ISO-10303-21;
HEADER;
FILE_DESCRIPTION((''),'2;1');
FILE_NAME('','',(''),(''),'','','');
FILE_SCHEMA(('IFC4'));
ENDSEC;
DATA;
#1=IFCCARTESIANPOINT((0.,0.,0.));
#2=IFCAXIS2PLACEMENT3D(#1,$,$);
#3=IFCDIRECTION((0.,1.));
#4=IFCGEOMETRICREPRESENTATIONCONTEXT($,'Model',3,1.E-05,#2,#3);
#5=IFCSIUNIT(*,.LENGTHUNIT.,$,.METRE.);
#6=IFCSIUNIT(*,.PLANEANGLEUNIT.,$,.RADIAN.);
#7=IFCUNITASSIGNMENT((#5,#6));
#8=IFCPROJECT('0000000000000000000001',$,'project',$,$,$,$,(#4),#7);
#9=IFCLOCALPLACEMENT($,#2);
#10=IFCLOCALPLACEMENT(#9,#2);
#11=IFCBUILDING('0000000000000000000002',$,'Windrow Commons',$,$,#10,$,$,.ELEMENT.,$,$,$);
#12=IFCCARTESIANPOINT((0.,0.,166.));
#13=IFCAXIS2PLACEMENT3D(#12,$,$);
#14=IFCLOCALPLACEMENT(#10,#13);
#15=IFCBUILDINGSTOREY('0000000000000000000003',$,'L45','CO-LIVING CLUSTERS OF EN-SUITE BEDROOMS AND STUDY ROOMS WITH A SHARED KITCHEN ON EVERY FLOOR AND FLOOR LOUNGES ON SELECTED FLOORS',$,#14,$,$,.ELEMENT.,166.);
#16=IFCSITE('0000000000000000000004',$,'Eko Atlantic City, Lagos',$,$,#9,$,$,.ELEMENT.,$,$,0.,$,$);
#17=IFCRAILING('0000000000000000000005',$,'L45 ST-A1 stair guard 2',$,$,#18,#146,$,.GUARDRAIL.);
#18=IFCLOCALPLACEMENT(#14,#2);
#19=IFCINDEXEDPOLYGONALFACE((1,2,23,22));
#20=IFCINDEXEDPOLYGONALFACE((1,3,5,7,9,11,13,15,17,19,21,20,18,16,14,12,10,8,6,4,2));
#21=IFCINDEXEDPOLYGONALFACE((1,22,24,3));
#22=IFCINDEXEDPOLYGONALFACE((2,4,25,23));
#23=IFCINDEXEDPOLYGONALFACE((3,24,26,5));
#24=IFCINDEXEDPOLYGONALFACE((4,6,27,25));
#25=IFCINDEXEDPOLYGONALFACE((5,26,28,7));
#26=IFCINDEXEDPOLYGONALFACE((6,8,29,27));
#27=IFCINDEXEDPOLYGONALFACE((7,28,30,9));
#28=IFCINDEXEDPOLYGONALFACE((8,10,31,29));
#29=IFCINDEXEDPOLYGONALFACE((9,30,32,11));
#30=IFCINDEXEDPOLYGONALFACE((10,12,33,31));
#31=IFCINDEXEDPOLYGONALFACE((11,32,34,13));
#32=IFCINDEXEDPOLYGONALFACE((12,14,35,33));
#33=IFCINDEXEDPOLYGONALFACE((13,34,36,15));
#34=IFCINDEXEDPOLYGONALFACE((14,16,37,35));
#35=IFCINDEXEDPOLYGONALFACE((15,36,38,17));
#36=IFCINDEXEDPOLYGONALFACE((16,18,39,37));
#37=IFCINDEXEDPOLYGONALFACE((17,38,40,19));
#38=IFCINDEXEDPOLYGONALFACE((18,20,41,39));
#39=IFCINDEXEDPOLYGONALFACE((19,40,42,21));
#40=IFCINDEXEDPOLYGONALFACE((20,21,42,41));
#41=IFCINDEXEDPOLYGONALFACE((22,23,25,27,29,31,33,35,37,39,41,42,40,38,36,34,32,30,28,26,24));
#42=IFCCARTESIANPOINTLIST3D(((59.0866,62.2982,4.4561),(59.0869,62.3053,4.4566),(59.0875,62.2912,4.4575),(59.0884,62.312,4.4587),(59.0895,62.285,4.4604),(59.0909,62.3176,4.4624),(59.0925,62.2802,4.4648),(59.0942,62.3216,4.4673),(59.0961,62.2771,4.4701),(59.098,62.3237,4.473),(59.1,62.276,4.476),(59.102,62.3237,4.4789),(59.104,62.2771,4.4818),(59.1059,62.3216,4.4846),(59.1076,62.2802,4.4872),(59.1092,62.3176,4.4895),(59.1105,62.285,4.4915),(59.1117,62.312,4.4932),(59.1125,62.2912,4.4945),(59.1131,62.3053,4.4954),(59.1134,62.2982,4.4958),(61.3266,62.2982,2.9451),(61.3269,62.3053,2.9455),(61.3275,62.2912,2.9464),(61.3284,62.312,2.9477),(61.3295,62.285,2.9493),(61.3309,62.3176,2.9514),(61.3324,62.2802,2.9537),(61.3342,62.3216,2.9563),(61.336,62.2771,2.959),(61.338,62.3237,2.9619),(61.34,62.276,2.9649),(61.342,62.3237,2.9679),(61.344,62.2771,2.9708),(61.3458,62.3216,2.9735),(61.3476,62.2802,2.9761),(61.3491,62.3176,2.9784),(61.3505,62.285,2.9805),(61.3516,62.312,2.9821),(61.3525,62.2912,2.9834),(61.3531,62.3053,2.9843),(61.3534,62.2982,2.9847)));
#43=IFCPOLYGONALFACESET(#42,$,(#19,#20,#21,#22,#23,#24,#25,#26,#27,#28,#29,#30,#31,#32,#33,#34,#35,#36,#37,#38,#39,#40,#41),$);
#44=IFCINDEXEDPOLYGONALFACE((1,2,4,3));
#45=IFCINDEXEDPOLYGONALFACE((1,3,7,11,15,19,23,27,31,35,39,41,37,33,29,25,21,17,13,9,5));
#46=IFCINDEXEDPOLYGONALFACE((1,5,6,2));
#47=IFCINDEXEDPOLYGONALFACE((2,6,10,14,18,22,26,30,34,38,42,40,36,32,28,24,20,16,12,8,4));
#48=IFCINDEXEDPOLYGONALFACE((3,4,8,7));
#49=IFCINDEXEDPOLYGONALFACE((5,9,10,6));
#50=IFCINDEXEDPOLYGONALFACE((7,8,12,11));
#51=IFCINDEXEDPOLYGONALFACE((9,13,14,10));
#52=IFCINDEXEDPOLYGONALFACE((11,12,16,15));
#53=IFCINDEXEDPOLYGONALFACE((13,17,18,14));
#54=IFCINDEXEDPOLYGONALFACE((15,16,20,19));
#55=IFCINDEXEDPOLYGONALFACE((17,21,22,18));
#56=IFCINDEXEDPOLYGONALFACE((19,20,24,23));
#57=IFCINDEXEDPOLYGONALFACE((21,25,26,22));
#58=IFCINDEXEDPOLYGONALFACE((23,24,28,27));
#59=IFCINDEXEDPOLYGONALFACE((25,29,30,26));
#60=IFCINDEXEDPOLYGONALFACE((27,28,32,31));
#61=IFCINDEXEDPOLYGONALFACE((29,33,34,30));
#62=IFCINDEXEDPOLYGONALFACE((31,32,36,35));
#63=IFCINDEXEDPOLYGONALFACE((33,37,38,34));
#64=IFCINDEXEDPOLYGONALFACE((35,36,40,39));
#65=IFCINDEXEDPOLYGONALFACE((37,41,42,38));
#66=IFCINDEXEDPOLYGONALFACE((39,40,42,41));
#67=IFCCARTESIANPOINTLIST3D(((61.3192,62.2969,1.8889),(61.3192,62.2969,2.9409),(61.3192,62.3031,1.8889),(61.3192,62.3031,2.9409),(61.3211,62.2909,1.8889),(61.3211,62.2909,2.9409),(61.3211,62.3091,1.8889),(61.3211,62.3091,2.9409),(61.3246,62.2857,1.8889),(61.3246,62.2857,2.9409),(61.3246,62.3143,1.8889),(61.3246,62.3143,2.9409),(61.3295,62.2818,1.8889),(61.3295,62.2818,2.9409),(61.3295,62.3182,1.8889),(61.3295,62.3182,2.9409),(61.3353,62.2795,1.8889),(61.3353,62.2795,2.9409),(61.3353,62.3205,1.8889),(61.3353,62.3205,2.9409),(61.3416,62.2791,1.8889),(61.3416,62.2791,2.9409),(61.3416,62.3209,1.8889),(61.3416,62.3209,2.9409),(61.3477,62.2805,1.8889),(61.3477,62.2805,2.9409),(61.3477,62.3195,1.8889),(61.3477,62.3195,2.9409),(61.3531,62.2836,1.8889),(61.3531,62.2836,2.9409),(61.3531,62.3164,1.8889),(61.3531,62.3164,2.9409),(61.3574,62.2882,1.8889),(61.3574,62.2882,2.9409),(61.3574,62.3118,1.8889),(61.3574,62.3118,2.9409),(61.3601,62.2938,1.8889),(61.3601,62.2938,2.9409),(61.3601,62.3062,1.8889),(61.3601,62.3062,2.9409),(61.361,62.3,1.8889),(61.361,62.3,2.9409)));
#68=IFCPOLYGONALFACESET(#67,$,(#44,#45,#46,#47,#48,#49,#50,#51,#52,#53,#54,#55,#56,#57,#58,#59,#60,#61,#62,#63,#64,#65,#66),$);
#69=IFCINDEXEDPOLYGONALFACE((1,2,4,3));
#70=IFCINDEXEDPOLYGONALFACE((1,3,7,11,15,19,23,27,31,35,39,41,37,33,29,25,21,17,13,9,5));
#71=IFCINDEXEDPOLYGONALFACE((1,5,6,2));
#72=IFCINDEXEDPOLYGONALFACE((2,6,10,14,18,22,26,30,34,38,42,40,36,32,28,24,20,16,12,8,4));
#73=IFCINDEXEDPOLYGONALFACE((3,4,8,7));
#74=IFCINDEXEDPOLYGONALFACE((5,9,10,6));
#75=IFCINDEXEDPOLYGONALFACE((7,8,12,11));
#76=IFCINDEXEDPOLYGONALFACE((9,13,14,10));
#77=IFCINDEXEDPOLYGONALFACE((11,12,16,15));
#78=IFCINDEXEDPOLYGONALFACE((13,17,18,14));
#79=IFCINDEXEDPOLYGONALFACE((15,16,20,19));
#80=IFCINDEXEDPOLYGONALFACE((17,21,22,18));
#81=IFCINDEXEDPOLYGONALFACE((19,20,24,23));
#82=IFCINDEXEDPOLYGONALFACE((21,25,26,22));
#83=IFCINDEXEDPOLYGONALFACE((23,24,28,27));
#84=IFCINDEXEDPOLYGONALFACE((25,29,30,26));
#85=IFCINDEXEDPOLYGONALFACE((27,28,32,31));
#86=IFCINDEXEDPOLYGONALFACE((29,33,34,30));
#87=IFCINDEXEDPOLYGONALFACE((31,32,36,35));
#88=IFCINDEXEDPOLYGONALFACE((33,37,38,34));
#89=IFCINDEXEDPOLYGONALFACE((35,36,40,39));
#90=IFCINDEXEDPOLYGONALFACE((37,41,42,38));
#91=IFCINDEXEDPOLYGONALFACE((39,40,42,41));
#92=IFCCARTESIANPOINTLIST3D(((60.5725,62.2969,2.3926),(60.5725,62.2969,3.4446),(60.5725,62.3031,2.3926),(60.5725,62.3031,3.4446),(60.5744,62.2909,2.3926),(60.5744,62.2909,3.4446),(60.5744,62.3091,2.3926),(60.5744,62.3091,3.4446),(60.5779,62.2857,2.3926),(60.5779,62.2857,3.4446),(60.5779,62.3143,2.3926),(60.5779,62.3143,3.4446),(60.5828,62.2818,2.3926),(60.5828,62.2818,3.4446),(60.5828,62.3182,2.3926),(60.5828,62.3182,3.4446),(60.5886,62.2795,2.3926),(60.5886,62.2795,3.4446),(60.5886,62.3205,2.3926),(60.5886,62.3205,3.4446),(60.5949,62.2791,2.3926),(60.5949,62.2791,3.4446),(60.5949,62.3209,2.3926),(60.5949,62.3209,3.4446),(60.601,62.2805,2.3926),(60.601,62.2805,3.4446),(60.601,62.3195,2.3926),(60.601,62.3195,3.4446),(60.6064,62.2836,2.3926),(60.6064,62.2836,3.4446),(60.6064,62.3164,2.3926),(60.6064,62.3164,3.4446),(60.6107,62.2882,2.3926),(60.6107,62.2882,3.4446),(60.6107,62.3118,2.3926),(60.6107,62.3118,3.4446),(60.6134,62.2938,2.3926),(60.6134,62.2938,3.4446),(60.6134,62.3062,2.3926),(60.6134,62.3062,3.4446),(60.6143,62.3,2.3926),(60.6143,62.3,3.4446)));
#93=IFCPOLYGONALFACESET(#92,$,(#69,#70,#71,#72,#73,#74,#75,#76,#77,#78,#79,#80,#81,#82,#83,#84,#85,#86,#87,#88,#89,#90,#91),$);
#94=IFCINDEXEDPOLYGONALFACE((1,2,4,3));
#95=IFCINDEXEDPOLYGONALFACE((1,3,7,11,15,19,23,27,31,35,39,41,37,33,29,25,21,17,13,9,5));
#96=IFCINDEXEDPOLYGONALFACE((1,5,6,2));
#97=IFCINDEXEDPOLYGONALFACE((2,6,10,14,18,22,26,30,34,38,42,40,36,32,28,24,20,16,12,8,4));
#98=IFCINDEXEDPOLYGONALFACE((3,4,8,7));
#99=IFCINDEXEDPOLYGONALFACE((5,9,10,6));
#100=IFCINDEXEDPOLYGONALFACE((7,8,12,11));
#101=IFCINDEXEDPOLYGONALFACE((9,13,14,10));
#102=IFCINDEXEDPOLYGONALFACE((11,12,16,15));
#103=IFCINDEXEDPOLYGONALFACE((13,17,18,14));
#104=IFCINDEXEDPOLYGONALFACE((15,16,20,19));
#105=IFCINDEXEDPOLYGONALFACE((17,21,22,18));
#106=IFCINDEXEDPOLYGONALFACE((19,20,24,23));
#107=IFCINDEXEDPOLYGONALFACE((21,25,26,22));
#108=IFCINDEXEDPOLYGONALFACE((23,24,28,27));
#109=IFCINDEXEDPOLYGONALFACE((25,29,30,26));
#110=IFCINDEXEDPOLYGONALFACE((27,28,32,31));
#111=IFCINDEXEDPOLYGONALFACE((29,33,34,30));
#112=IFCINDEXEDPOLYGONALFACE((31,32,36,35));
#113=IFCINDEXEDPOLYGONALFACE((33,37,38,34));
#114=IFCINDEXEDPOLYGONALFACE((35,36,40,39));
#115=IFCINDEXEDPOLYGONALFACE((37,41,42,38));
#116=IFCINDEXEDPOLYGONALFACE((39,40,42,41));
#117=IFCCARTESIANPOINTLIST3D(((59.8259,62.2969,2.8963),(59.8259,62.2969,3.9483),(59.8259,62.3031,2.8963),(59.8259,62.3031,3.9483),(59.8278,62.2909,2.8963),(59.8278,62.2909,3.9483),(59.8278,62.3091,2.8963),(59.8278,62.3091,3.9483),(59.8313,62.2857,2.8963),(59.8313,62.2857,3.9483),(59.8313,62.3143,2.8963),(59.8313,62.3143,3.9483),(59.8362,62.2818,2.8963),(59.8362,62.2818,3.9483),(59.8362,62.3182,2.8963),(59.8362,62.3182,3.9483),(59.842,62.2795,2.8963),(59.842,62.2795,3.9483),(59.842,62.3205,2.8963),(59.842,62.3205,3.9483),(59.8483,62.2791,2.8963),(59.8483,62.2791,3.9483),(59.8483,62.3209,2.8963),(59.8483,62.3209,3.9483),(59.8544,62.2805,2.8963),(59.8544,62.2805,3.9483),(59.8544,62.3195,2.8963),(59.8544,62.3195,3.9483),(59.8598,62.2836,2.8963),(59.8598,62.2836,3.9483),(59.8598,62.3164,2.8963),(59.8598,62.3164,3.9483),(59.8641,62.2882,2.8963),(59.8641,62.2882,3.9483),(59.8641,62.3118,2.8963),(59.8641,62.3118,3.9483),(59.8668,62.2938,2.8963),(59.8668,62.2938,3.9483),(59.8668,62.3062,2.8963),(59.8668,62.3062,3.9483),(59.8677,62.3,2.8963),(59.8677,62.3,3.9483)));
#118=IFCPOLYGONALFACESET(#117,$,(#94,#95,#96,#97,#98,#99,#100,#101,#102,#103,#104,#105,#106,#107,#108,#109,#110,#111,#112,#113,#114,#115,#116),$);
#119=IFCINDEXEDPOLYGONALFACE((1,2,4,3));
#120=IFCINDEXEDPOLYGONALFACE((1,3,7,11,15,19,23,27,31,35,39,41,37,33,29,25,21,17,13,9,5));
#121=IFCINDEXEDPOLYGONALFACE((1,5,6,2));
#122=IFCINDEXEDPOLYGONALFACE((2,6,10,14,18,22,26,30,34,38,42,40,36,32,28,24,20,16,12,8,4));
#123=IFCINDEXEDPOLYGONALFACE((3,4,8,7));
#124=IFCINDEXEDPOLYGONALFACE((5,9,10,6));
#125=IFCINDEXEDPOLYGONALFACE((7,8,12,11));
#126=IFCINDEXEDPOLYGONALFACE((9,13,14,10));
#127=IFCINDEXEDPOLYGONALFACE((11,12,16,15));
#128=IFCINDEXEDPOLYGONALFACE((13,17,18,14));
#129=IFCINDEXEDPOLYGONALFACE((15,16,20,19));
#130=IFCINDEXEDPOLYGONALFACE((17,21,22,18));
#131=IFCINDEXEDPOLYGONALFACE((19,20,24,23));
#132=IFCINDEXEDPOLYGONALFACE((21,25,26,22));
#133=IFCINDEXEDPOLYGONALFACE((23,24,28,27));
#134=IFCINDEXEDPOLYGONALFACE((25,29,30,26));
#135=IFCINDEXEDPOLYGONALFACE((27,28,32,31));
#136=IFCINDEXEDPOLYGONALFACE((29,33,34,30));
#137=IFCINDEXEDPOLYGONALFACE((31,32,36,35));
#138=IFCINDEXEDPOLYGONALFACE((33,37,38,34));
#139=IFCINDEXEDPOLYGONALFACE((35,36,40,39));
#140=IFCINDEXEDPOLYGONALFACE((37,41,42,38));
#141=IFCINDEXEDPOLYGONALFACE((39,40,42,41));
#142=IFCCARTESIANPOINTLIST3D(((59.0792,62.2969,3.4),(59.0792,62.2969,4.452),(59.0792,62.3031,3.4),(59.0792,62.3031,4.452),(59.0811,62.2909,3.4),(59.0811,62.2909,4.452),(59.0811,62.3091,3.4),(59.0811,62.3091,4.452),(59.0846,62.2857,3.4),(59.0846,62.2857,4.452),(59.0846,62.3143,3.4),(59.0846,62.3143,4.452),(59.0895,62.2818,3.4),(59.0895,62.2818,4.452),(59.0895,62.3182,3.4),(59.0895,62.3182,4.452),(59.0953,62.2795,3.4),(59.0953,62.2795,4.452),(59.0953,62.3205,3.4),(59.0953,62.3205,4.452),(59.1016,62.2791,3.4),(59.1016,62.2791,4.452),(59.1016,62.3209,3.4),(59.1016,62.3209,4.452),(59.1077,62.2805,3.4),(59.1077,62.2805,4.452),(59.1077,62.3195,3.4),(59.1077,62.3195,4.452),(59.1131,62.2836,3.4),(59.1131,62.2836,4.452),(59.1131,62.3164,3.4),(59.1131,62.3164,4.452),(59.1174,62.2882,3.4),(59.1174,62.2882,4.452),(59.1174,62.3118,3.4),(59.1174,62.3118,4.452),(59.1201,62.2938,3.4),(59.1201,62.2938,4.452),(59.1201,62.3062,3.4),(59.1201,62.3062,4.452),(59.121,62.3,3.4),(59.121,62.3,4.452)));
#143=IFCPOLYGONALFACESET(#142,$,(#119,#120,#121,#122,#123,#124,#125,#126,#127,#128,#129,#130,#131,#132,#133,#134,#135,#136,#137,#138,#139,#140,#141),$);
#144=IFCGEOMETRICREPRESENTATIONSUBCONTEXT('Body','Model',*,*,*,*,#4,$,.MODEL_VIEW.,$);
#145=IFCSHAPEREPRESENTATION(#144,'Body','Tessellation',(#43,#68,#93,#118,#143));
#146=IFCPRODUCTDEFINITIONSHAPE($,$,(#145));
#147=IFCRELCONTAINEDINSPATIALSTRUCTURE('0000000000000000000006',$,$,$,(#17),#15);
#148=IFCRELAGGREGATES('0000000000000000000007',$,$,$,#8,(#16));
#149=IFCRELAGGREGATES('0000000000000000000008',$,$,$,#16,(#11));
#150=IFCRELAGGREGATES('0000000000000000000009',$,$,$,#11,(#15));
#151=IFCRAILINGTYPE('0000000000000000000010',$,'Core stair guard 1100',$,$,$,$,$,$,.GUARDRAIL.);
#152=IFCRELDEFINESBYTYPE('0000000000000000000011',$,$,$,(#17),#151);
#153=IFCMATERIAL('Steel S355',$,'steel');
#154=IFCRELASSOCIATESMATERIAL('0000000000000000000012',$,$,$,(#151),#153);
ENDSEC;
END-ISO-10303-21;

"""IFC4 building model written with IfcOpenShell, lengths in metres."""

from ifc_helpers import new_model, si_unit, direction, frame, origin, origin_2d, place, context, subcontext, project, spatial, circle, extrude, material, type_object, element, save


model = new_model("IFC4")

# Units and contexts
model_context = context("Model", 3, precision=1e-05, world=origin(), true_north=direction((0.0, 1.0)))
body_context = subcontext(model_context, "Body", "Model", "MODEL_VIEW")
ifc_project = project(units=[si_unit("LENGTHUNIT", "METRE"), si_unit("PLANEANGLEUNIT", "RADIAN")], contexts=[model_context])

# Site, building, storey
site_placement = place(None, origin())
site = spatial("IfcSite", under=ifc_project, at=site_placement, Name="Eko Atlantic City, Lagos", CompositionType="ELEMENT", RefElevation=0.0)
building_placement = place(site_placement, origin())
building = spatial("IfcBuilding", under=site, at=building_placement, Name="Windrow Commons", CompositionType="ELEMENT")
storey_placement = place(building_placement, frame((0.0, 0.0, 166.0)))
storey = spatial("IfcBuildingStorey", under=building, at=storey_placement, Name="L45", Description="CO-LIVING CLUSTERS OF EN-SUITE BEDROOMS AND STUDY ROOMS WITH A SHARED KITCHEN ON EVERY FLOOR AND FLOOR LOUNGES ON SELECTED FLOORS", CompositionType="ELEMENT", Elevation=166.0)

# Railing
ifc_material_1 = material(Name="Steel S355", Category="steel")
railing_type_1 = type_object("IfcRailingType", Name="Core stair guard 1100", PredefinedType="GUARDRAIL", material=ifc_material_1)
railing_1_placement = place(storey_placement, frame((61.34, 62.3, 1.8889)))
element("IfcRailing", 1, at=railing_1_placement, inside=storey, type_object=railing_type_1, Name="L45 ST-A1 stair guard 2", PredefinedType="GUARDRAIL", context=body_context, shape_type="SweptSolid", body=[
    extrude(circle(Radius=0.024, at=origin_2d()), frame((0.0, 0.0, 1.076), z_axis=(-0.829003, 0.0, 0.559244), x_axis=(0.0, -1.0, 0.0)), (0.0, 0.0, 1.0), 2.702),
    extrude(circle(Radius=0.021, at=origin_2d()), origin(), (0.0, 0.0, 1.0), 1.052),
    extrude(circle(Radius=0.021, at=origin_2d()), frame((-0.7467, 0.0, 0.5037)), (0.0, 0.0, 1.0), 1.052),
    extrude(circle(Radius=0.021, at=origin_2d()), frame((-1.4933, 0.0, 1.0074)), (0.0, 0.0, 1.0), 1.052),
    extrude(circle(Radius=0.021, at=origin_2d()), frame((-2.24, 0.0, 1.5111)), (0.0, 0.0, 1.0), 1.052),
])

save(model, "model.ifc")
